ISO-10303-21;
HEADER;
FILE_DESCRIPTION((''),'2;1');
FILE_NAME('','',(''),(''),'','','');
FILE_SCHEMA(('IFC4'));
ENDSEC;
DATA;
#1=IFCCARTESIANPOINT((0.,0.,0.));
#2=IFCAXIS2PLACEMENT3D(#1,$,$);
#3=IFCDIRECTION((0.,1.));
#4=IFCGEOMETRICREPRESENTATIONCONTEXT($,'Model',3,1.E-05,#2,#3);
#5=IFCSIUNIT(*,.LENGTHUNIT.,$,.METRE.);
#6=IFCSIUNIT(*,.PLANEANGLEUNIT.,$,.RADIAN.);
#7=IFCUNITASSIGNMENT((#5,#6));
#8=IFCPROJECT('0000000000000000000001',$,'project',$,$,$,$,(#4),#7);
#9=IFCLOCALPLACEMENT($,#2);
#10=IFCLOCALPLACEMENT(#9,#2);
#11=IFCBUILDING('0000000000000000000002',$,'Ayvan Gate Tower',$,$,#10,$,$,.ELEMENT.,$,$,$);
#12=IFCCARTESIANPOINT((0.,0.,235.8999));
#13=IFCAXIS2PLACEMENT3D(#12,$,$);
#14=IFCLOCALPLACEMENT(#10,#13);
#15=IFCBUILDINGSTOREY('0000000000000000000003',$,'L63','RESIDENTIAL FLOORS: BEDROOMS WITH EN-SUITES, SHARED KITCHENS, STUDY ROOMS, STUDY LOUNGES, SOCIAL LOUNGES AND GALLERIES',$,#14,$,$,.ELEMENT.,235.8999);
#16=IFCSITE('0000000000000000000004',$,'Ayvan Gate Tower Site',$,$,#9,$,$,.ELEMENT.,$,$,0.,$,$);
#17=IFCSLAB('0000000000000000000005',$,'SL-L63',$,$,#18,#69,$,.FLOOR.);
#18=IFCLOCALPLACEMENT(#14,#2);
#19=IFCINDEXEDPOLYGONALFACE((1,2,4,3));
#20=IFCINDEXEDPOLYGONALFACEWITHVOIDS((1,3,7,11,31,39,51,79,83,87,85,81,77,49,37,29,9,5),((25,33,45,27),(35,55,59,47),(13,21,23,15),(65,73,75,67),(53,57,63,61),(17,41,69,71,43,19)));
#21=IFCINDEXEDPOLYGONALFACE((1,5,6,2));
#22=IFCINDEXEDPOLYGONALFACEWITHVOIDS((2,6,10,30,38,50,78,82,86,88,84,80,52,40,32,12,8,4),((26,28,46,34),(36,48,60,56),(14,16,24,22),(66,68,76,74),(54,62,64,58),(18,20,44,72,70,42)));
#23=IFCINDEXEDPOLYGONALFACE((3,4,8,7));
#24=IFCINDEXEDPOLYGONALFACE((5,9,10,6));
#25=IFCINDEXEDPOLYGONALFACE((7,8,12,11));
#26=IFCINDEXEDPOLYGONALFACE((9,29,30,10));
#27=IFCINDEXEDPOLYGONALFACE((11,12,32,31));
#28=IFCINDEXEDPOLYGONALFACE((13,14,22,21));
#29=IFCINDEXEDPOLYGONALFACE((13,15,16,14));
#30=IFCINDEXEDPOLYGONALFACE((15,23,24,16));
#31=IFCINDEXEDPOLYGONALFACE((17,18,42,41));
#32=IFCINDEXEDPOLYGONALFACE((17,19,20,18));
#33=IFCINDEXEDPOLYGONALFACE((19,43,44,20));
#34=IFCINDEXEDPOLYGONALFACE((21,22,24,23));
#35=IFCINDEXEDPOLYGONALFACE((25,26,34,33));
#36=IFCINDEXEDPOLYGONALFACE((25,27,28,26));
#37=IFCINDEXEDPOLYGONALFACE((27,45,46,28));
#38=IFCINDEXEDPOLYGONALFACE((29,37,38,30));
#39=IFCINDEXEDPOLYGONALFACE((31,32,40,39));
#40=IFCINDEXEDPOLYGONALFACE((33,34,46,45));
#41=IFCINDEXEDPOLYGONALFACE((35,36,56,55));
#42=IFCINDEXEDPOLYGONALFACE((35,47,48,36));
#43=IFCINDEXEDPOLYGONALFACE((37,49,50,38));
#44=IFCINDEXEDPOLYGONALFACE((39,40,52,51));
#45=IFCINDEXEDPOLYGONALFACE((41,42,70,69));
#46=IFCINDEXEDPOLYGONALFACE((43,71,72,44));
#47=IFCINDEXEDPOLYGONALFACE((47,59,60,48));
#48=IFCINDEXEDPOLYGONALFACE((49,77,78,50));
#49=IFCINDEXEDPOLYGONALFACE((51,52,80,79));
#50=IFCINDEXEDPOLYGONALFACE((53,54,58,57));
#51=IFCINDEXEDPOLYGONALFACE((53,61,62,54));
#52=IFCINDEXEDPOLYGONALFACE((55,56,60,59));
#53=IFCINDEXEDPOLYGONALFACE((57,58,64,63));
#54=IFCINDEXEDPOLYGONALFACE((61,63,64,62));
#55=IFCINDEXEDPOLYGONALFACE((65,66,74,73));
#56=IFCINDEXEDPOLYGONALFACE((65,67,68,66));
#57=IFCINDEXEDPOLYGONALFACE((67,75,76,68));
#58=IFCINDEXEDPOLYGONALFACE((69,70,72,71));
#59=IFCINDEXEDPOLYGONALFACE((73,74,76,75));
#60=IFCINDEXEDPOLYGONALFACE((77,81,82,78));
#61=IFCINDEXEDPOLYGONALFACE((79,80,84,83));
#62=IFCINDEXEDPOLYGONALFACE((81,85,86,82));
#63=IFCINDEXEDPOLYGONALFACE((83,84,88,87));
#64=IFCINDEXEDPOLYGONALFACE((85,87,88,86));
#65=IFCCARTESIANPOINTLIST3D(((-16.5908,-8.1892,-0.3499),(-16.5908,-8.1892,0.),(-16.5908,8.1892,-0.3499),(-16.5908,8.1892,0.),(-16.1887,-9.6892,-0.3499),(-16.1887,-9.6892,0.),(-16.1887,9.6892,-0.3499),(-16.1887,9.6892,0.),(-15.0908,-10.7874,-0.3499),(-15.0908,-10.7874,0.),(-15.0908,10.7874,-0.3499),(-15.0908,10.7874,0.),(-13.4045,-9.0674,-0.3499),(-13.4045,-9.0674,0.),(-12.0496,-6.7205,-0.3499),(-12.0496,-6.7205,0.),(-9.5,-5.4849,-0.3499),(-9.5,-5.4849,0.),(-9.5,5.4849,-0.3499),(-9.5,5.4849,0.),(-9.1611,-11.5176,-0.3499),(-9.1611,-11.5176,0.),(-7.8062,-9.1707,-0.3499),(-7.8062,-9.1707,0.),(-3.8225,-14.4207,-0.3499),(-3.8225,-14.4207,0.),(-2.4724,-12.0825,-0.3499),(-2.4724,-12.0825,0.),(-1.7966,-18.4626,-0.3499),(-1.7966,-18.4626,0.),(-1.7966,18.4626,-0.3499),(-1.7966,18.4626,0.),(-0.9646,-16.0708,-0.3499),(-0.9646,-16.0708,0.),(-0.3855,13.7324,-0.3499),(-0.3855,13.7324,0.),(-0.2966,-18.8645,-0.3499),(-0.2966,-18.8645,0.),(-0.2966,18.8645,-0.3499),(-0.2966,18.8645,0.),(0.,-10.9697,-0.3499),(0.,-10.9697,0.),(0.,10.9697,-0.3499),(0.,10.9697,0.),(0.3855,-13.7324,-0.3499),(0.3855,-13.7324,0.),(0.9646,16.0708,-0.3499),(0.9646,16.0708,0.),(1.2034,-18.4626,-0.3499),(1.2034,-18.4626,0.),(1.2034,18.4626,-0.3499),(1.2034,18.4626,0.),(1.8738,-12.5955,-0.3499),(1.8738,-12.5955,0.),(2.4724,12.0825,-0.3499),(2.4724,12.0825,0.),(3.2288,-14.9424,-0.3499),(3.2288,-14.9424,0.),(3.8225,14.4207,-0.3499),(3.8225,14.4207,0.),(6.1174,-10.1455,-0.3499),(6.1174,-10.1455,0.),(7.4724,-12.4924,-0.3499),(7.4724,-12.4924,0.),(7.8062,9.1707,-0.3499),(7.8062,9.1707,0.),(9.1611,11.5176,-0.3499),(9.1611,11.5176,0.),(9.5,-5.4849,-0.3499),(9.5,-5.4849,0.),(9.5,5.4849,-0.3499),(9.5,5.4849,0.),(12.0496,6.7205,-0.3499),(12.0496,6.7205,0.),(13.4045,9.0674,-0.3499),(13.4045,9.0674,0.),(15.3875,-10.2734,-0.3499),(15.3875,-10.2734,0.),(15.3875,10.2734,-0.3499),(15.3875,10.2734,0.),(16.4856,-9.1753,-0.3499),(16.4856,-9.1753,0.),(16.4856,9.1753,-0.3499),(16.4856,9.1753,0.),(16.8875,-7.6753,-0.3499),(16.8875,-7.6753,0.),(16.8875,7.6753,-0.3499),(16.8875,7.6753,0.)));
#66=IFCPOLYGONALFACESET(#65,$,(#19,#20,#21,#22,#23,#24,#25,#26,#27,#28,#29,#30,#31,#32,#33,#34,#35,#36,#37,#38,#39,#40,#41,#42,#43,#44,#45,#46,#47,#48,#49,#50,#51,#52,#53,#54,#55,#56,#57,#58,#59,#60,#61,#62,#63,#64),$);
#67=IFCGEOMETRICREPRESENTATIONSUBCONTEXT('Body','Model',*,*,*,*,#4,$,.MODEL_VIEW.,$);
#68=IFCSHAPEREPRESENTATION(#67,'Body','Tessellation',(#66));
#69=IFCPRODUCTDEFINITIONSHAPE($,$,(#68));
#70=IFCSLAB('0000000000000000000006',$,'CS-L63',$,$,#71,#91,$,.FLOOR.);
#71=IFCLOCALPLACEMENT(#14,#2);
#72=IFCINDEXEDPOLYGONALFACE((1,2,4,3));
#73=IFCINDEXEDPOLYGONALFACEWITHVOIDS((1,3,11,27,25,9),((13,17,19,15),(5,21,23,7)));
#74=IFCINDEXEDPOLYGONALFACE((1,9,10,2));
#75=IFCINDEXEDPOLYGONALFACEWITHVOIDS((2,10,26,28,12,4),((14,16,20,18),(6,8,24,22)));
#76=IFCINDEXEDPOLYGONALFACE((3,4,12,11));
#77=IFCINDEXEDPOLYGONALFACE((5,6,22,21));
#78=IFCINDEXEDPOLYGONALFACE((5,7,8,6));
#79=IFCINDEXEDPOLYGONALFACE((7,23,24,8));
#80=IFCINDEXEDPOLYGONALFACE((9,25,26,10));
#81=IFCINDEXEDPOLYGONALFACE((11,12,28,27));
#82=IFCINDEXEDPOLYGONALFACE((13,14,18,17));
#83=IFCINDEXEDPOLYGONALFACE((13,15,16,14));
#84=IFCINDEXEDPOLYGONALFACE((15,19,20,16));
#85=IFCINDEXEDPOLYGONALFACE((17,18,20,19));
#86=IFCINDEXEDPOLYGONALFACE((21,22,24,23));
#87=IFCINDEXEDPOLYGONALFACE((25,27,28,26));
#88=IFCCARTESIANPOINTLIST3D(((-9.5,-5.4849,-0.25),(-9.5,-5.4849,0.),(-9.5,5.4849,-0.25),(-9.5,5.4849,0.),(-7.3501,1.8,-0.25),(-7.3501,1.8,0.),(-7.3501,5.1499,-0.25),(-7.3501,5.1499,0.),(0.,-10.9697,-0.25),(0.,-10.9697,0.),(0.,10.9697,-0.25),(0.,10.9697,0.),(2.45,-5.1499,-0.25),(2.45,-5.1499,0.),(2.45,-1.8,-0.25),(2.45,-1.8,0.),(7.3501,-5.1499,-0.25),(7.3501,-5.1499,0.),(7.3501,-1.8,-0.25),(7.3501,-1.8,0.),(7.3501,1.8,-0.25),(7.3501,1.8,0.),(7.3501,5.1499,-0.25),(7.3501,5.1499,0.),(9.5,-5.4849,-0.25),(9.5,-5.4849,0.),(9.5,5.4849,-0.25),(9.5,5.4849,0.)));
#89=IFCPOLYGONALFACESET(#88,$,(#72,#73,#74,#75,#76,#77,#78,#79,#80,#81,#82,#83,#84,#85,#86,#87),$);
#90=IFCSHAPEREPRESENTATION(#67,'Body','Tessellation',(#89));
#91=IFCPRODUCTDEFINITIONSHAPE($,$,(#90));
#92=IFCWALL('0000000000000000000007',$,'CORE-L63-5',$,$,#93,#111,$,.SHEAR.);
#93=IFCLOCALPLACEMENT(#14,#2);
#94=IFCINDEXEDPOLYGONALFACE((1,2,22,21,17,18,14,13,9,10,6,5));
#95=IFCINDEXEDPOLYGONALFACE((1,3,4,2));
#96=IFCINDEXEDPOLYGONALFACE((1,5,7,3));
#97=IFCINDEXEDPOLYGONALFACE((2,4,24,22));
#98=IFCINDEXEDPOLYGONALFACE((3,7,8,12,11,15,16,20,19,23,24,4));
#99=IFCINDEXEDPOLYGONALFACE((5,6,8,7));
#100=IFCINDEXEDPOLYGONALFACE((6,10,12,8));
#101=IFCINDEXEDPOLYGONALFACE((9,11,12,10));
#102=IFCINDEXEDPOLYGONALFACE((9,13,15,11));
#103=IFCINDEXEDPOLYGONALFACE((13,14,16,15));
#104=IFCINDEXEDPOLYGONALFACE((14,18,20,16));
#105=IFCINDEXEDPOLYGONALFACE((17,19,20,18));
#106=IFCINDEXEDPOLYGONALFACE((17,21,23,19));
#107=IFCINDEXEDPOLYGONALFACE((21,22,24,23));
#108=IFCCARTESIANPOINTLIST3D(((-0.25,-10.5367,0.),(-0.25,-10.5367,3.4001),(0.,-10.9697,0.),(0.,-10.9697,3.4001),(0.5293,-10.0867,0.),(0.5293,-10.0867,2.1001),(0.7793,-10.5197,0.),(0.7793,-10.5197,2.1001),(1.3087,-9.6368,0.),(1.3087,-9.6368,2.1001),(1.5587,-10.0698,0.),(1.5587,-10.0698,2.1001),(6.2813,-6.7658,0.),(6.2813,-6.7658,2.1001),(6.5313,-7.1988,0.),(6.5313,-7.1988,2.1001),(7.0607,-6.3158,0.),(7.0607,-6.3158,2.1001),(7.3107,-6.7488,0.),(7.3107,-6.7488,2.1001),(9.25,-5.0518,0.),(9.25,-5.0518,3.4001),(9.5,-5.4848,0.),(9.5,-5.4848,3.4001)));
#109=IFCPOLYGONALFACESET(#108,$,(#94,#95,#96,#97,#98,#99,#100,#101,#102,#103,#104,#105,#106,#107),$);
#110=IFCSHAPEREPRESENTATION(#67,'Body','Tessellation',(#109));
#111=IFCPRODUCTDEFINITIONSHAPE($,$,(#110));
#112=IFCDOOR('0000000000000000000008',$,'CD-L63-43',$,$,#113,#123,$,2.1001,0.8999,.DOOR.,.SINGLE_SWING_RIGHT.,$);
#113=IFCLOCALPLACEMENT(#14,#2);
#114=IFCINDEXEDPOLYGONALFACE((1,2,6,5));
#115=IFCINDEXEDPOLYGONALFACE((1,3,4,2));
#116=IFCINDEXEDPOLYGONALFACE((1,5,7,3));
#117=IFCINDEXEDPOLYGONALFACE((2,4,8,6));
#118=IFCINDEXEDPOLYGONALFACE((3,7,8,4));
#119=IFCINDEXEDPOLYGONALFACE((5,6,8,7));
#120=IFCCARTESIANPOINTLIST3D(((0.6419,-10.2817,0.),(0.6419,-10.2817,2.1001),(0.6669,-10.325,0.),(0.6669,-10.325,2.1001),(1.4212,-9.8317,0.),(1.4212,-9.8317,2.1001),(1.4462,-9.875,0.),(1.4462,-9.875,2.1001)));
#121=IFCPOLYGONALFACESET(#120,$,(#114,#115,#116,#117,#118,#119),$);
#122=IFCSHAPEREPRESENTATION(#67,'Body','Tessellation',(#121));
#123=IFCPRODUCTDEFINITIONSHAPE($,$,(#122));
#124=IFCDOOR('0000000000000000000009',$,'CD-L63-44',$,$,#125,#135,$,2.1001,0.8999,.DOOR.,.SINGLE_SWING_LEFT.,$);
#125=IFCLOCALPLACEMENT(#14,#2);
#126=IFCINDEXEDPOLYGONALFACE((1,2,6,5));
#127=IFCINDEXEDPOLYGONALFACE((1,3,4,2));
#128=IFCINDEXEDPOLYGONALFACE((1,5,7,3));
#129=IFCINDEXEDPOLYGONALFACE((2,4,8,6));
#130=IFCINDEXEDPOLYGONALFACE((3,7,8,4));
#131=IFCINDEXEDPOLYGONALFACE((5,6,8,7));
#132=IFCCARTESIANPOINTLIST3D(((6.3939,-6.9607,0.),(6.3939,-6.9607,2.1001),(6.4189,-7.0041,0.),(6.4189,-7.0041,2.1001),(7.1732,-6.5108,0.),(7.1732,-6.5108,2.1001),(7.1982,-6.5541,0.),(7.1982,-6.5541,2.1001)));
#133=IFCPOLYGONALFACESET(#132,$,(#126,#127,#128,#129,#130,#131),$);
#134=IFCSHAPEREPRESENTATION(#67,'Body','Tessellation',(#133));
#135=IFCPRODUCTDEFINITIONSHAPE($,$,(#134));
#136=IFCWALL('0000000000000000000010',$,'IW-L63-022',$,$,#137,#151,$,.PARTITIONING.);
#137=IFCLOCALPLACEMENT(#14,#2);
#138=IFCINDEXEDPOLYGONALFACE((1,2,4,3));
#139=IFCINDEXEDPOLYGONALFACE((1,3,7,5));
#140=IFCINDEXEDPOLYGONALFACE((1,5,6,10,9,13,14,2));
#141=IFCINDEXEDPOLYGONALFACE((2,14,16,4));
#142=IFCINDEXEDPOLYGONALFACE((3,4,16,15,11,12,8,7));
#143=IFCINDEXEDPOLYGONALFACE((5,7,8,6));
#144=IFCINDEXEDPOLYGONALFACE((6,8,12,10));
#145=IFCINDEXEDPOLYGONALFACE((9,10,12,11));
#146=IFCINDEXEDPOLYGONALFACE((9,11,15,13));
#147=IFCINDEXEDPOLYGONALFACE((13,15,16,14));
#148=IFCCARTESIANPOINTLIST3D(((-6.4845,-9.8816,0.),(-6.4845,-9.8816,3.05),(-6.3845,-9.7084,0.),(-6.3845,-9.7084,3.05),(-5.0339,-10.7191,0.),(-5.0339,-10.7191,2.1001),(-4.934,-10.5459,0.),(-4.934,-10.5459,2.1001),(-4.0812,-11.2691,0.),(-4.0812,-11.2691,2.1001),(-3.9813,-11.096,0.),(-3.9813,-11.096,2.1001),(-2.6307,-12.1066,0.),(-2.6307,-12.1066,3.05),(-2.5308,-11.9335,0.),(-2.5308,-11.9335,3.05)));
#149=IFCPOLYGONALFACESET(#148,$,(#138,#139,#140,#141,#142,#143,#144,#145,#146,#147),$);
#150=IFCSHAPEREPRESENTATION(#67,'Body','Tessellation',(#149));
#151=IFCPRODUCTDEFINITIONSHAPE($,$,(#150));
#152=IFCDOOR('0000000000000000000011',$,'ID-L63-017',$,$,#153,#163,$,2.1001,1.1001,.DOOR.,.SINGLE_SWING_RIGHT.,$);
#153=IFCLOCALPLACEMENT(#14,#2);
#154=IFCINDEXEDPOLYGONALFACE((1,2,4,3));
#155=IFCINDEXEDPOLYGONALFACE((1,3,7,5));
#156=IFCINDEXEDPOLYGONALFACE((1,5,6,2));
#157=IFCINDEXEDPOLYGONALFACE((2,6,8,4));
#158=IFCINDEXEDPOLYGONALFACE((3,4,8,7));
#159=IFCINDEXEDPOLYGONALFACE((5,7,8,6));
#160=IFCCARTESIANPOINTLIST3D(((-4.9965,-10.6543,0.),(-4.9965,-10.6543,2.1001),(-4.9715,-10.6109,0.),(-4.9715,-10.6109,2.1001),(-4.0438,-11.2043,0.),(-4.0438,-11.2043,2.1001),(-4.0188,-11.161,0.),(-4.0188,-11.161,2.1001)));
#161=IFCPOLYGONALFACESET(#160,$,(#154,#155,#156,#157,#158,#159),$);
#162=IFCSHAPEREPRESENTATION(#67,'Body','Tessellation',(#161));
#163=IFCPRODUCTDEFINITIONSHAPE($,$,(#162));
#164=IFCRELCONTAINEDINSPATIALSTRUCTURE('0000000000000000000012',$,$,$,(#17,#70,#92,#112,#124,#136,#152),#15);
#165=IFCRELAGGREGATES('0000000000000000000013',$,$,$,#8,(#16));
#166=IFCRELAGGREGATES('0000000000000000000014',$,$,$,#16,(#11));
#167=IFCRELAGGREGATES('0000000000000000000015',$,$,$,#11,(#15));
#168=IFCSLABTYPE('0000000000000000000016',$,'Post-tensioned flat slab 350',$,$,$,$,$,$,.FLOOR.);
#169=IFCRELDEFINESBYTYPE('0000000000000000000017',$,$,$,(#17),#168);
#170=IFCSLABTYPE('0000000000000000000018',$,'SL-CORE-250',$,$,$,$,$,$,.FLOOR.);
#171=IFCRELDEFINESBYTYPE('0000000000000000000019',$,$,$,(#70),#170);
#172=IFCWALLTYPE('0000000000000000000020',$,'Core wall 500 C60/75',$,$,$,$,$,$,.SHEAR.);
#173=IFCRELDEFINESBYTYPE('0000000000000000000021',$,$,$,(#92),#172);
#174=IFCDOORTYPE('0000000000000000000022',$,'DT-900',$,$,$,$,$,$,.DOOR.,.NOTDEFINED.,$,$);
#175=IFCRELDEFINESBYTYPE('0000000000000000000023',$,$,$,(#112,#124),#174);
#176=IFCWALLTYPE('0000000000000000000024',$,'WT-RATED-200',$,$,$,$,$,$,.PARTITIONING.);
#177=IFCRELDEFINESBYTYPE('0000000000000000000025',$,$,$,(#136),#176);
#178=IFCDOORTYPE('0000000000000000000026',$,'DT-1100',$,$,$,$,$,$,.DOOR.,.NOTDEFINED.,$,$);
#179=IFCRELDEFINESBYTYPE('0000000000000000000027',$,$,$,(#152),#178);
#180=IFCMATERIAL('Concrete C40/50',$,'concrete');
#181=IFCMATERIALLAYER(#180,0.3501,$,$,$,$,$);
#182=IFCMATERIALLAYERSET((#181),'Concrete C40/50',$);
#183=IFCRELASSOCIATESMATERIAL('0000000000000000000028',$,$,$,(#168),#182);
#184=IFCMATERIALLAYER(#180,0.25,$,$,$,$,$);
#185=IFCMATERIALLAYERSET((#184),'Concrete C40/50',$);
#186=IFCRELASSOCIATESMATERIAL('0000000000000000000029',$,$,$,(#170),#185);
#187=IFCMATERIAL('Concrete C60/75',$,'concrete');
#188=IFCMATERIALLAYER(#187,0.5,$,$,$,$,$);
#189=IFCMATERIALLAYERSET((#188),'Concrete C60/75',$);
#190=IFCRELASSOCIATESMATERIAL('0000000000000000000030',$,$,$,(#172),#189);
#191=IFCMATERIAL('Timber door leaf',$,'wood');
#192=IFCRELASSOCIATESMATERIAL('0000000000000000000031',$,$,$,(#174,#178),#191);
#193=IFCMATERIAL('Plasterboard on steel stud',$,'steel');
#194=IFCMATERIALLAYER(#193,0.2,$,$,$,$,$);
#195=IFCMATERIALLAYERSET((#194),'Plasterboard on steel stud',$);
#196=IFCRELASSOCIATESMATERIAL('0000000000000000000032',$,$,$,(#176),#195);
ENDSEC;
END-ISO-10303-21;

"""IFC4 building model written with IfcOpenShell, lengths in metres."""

from ifc_helpers import new_model, si_unit, direction, frame, frame_2d, origin, place, context, subcontext, project, spatial, polyline, rectangle, outline, extrude, material, layer, layer_set, type_object, element, fill, save


model = new_model("IFC4")

# Units and contexts
model_context = context("Model", 3, precision=1e-05, world=origin(), true_north=direction((0.0, 1.0)))
body_context = subcontext(model_context, "Body", "Model", "MODEL_VIEW")
ifc_project = project(units=[si_unit("LENGTHUNIT", "METRE"), si_unit("PLANEANGLEUNIT", "RADIAN")], contexts=[model_context])

# Site, building, storey
site_placement = place(None, origin())
site = spatial("IfcSite", under=ifc_project, at=site_placement, Name="Ayvan Gate Tower Site", CompositionType="ELEMENT", RefElevation=0.0)
building_placement = place(site_placement, origin())
building = spatial("IfcBuilding", under=site, at=building_placement, Name="Ayvan Gate Tower", CompositionType="ELEMENT")
storey_placement = place(building_placement, frame((0.0, 0.0, 235.8999)))
storey = spatial("IfcBuildingStorey", under=building, at=storey_placement, Name="L63", Description="RESIDENTIAL FLOORS: BEDROOMS WITH EN-SUITES, SHARED KITCHENS, STUDY ROOMS, STUDY LOUNGES, SOCIAL LOUNGES AND GALLERIES", CompositionType="ELEMENT", Elevation=235.8999)

# Slabs
ifc_material_1 = material(Name="Concrete C40/50", Category="concrete")
ifc_layer_1 = layer(ifc_material_1, 0.3501)
ifc_layer_set_1 = layer_set([ifc_layer_1], Name="Concrete C40/50")
slab_type_1 = type_object("IfcSlabType", Name="Post-tensioned flat slab 350", PredefinedType="FLOOR", material=ifc_layer_set_1)
slab_1_placement = place(storey_placement, frame((0.0, 0.0, -0.3499)))
element("IfcSlab", 1, at=slab_1_placement, inside=storey, type_object=slab_type_1, Name="SL-L63", PredefinedType="FLOOR", context=body_context, shape_type="SweptSolid", body=[
    extrude(outline(polyline([(1.2034, -18.4626), (-0.2966, -18.8645), (-1.7966, -18.4626), (-15.0908, -10.7874), (-16.1887, -9.6892), (-16.5908, -8.1892), (-16.5908, 8.1892), (-16.1887, 9.6892), (-15.0908, 10.7874), (-1.7966, 18.4626), (-0.2966, 18.8645), (1.2034, 18.4626), (15.3875, 10.2734), (16.4856, 9.1753), (16.8875, 7.6753), (16.8875, -7.6753), (16.4856, -9.1753), (15.3875, -10.2734), (1.2034, -18.4626)]), holes=[polyline([(12.0496, 6.7205), (13.4045, 9.0674), (9.1611, 11.5176), (7.8062, 9.1707), (12.0496, 6.7205)]), polyline([(9.5, 5.4849), (0.0, 10.9697), (-9.5, 5.4849), (-9.5, -5.4849), (0.0, -10.9697), (9.5, -5.4849), (9.5, 5.4849)]), polyline([(1.8738, -12.5955), (3.2288, -14.9424), (7.4724, -12.4924), (6.1174, -10.1455), (1.8738, -12.5955)]), polyline([(3.8225, 14.4207), (0.9646, 16.0708), (-0.3855, 13.7324), (2.4724, 12.0825), (3.8225, 14.4207)]), polyline([(0.3855, -13.7324), (-2.4724, -12.0825), (-3.8225, -14.4207), (-0.9646, -16.0708), (0.3855, -13.7324)]), polyline([(-9.1611, -11.5176), (-7.8062, -9.1707), (-12.0496, -6.7205), (-13.4045, -9.0674), (-9.1611, -11.5176)])]), origin(), (0.0, 0.0, 1.0), 0.3499),
])
ifc_layer_2 = layer(ifc_material_1, 0.25)
ifc_layer_set_2 = layer_set([ifc_layer_2], Name="Concrete C40/50")
slab_type_2 = type_object("IfcSlabType", Name="SL-CORE-250", PredefinedType="FLOOR", material=ifc_layer_set_2)
slab_2_placement = place(storey_placement, frame((0.0, 0.0, -0.25)))
element("IfcSlab", 2, at=slab_2_placement, inside=storey, type_object=slab_type_2, Name="CS-L63", PredefinedType="FLOOR", context=body_context, shape_type="SweptSolid", body=[
    extrude(outline(polyline([(9.5, -5.4849), (0.0, -10.9697), (-9.5, -5.4849), (-9.5, 5.4849), (0.0, 10.9697), (9.5, 5.4849), (9.5, -5.4849)]), holes=[polyline([(-7.3501, 5.1499), (-7.3501, 1.8), (7.3501, 1.8), (7.3501, 5.1499), (-7.3501, 5.1499)]), polyline([(2.45, -1.8), (2.45, -5.1499), (7.3501, -5.1499), (7.3501, -1.8), (2.45, -1.8)])]), origin(), (0.0, 0.0, 1.0), 0.25),
])

# Wall, openings, doors
ifc_material_2 = material(Name="Concrete C60/75", Category="concrete")
ifc_layer_3 = layer(ifc_material_2, 0.5)
ifc_layer_set_3 = layer_set([ifc_layer_3], Name="Concrete C60/75")
wall_type_1 = type_object("IfcWallType", Name="Core wall 500 C60/75", PredefinedType="SHEAR", material=ifc_layer_set_3)
wall_1_placement = place(storey_placement, frame((-0.125, -10.7532, 0.0), z_axis=(0.0, 0.0, 1.0), x_axis=(0.866024, 0.500002, 0.0)))
wall_1 = element("IfcWall", 3, at=wall_1_placement, inside=storey, type_object=wall_type_1, Name="CORE-L63-5", PredefinedType="SHEAR", context=body_context, shape_type="SweptSolid", body=[
    extrude(rectangle(XDim=10.9697, YDim=0.5, at=frame_2d((5.4849, 0.0))), origin(), (0.0, 0.0, 1.0), 3.4001),
])
opening_1_placement = place(wall_1_placement, frame((0.8999, 0.0, 0.0)))
opening_1 = element("IfcOpeningElement", 4, at=opening_1_placement, cuts=wall_1, PredefinedType="OPENING", context=body_context, shape_type="SweptSolid", body=[
    extrude(rectangle(XDim=0.8999, YDim=2.1001, at=frame_2d((0.45, 1.05))), frame((0.0, 0.26, 0.0), z_axis=(0.0, -1.0, 0.0), x_axis=(1.0, 0.0, 0.0)), (0.0, 0.0, 1.0), 0.52),
])
opening_2_placement = place(wall_1_placement, frame((7.5417, 0.0, 0.0)))
opening_2 = element("IfcOpeningElement", 5, at=opening_2_placement, cuts=wall_1, PredefinedType="OPENING", context=body_context, shape_type="SweptSolid", body=[
    extrude(rectangle(XDim=0.8999, YDim=2.1001, at=frame_2d((0.45, 1.05))), frame((0.0, 0.26, 0.0), z_axis=(0.0, -1.0, 0.0), x_axis=(1.0, 0.0, 0.0)), (0.0, 0.0, 1.0), 0.52),
])
ifc_material_3 = material(Name="Timber door leaf", Category="wood")
door_type_1 = type_object("IfcDoorType", Name="DT-900", OperationType="NOTDEFINED", PredefinedType="DOOR", material=ifc_material_3)
door_1_placement = place(opening_1_placement, origin())
door_1 = element("IfcDoor", 6, at=door_1_placement, inside=storey, type_object=door_type_1, Name="CD-L63-43", OperationType="SINGLE_SWING_RIGHT", OverallHeight=2.1001, OverallWidth=0.8999, PredefinedType="DOOR", context=body_context, shape_type="SweptSolid", body=[
    extrude(rectangle(XDim=0.8999, YDim=2.1001, at=frame_2d((0.45, 1.05))), frame((0.0, 0.0249, 0.0), z_axis=(0.0, -1.0, 0.0), x_axis=(1.0, 0.0, 0.0)), (0.0, 0.0, 1.0), 0.05),
])
fill(opening_1, door_1)
door_2_placement = place(opening_2_placement, origin())
door_2 = element("IfcDoor", 7, at=door_2_placement, inside=storey, type_object=door_type_1, Name="CD-L63-44", OperationType="SINGLE_SWING_LEFT", OverallHeight=2.1001, OverallWidth=0.8999, PredefinedType="DOOR", context=body_context, shape_type="SweptSolid", body=[
    extrude(rectangle(XDim=0.8999, YDim=2.1001, at=frame_2d((0.45, 1.05))), frame((0.0, 0.0249, 0.0), z_axis=(0.0, -1.0, 0.0), x_axis=(1.0, 0.0, 0.0)), (0.0, 0.0, 1.0), 0.05),
])
fill(opening_2, door_2)

# Wall, opening, door
ifc_material_4 = material(Name="Plasterboard on steel stud", Category="steel")
ifc_layer_4 = layer(ifc_material_4, 0.2)
ifc_layer_set_4 = layer_set([ifc_layer_4], Name="Plasterboard on steel stud")
wall_type_2 = type_object("IfcWallType", Name="WT-RATED-200", PredefinedType="PARTITIONING", material=ifc_layer_set_4)
wall_2_placement = place(storey_placement, frame((-6.4346, -9.7949, 0.0), z_axis=(0.0, 0.0, 1.0), x_axis=(0.866013, -0.500022, 0.0)))
wall_2 = element("IfcWall", 8, at=wall_2_placement, inside=storey, type_object=wall_type_2, Name="IW-L63-022", PredefinedType="PARTITIONING", context=body_context, shape_type="SweptSolid", body=[
    extrude(rectangle(XDim=4.45, YDim=0.2, at=frame_2d((2.2251, 0.0))), origin(), (0.0, 0.0, 1.0), 3.05),
])
opening_3_placement = place(wall_2_placement, frame((1.675, 0.0, 0.0)))
opening_3 = element("IfcOpeningElement", 9, at=opening_3_placement, cuts=wall_2, PredefinedType="OPENING", context=body_context, shape_type="SweptSolid", body=[
    extrude(rectangle(XDim=1.1001, YDim=2.1001, at=frame_2d((0.55, 1.05))), frame((0.0, 0.1099, 0.0), z_axis=(0.0, -1.0, 0.0), x_axis=(1.0, 0.0, 0.0)), (0.0, 0.0, 1.0), 0.22),
])
door_type_2 = type_object("IfcDoorType", Name="DT-1100", OperationType="NOTDEFINED", PredefinedType="DOOR", material=ifc_material_3)
door_3_placement = place(opening_3_placement, origin())
door_3 = element("IfcDoor", 10, at=door_3_placement, inside=storey, type_object=door_type_2, Name="ID-L63-017", OperationType="SINGLE_SWING_RIGHT", OverallHeight=2.1001, OverallWidth=1.1001, PredefinedType="DOOR", context=body_context, shape_type="SweptSolid", body=[
    extrude(rectangle(XDim=1.1001, YDim=2.1001, at=frame_2d((0.55, 1.05))), frame((0.0, 0.0249, 0.0), z_axis=(0.0, -1.0, 0.0), x_axis=(1.0, 0.0, 0.0)), (0.0, 0.0, 1.0), 0.05),
])
fill(opening_3, door_3)

save(model, "model.ifc")
